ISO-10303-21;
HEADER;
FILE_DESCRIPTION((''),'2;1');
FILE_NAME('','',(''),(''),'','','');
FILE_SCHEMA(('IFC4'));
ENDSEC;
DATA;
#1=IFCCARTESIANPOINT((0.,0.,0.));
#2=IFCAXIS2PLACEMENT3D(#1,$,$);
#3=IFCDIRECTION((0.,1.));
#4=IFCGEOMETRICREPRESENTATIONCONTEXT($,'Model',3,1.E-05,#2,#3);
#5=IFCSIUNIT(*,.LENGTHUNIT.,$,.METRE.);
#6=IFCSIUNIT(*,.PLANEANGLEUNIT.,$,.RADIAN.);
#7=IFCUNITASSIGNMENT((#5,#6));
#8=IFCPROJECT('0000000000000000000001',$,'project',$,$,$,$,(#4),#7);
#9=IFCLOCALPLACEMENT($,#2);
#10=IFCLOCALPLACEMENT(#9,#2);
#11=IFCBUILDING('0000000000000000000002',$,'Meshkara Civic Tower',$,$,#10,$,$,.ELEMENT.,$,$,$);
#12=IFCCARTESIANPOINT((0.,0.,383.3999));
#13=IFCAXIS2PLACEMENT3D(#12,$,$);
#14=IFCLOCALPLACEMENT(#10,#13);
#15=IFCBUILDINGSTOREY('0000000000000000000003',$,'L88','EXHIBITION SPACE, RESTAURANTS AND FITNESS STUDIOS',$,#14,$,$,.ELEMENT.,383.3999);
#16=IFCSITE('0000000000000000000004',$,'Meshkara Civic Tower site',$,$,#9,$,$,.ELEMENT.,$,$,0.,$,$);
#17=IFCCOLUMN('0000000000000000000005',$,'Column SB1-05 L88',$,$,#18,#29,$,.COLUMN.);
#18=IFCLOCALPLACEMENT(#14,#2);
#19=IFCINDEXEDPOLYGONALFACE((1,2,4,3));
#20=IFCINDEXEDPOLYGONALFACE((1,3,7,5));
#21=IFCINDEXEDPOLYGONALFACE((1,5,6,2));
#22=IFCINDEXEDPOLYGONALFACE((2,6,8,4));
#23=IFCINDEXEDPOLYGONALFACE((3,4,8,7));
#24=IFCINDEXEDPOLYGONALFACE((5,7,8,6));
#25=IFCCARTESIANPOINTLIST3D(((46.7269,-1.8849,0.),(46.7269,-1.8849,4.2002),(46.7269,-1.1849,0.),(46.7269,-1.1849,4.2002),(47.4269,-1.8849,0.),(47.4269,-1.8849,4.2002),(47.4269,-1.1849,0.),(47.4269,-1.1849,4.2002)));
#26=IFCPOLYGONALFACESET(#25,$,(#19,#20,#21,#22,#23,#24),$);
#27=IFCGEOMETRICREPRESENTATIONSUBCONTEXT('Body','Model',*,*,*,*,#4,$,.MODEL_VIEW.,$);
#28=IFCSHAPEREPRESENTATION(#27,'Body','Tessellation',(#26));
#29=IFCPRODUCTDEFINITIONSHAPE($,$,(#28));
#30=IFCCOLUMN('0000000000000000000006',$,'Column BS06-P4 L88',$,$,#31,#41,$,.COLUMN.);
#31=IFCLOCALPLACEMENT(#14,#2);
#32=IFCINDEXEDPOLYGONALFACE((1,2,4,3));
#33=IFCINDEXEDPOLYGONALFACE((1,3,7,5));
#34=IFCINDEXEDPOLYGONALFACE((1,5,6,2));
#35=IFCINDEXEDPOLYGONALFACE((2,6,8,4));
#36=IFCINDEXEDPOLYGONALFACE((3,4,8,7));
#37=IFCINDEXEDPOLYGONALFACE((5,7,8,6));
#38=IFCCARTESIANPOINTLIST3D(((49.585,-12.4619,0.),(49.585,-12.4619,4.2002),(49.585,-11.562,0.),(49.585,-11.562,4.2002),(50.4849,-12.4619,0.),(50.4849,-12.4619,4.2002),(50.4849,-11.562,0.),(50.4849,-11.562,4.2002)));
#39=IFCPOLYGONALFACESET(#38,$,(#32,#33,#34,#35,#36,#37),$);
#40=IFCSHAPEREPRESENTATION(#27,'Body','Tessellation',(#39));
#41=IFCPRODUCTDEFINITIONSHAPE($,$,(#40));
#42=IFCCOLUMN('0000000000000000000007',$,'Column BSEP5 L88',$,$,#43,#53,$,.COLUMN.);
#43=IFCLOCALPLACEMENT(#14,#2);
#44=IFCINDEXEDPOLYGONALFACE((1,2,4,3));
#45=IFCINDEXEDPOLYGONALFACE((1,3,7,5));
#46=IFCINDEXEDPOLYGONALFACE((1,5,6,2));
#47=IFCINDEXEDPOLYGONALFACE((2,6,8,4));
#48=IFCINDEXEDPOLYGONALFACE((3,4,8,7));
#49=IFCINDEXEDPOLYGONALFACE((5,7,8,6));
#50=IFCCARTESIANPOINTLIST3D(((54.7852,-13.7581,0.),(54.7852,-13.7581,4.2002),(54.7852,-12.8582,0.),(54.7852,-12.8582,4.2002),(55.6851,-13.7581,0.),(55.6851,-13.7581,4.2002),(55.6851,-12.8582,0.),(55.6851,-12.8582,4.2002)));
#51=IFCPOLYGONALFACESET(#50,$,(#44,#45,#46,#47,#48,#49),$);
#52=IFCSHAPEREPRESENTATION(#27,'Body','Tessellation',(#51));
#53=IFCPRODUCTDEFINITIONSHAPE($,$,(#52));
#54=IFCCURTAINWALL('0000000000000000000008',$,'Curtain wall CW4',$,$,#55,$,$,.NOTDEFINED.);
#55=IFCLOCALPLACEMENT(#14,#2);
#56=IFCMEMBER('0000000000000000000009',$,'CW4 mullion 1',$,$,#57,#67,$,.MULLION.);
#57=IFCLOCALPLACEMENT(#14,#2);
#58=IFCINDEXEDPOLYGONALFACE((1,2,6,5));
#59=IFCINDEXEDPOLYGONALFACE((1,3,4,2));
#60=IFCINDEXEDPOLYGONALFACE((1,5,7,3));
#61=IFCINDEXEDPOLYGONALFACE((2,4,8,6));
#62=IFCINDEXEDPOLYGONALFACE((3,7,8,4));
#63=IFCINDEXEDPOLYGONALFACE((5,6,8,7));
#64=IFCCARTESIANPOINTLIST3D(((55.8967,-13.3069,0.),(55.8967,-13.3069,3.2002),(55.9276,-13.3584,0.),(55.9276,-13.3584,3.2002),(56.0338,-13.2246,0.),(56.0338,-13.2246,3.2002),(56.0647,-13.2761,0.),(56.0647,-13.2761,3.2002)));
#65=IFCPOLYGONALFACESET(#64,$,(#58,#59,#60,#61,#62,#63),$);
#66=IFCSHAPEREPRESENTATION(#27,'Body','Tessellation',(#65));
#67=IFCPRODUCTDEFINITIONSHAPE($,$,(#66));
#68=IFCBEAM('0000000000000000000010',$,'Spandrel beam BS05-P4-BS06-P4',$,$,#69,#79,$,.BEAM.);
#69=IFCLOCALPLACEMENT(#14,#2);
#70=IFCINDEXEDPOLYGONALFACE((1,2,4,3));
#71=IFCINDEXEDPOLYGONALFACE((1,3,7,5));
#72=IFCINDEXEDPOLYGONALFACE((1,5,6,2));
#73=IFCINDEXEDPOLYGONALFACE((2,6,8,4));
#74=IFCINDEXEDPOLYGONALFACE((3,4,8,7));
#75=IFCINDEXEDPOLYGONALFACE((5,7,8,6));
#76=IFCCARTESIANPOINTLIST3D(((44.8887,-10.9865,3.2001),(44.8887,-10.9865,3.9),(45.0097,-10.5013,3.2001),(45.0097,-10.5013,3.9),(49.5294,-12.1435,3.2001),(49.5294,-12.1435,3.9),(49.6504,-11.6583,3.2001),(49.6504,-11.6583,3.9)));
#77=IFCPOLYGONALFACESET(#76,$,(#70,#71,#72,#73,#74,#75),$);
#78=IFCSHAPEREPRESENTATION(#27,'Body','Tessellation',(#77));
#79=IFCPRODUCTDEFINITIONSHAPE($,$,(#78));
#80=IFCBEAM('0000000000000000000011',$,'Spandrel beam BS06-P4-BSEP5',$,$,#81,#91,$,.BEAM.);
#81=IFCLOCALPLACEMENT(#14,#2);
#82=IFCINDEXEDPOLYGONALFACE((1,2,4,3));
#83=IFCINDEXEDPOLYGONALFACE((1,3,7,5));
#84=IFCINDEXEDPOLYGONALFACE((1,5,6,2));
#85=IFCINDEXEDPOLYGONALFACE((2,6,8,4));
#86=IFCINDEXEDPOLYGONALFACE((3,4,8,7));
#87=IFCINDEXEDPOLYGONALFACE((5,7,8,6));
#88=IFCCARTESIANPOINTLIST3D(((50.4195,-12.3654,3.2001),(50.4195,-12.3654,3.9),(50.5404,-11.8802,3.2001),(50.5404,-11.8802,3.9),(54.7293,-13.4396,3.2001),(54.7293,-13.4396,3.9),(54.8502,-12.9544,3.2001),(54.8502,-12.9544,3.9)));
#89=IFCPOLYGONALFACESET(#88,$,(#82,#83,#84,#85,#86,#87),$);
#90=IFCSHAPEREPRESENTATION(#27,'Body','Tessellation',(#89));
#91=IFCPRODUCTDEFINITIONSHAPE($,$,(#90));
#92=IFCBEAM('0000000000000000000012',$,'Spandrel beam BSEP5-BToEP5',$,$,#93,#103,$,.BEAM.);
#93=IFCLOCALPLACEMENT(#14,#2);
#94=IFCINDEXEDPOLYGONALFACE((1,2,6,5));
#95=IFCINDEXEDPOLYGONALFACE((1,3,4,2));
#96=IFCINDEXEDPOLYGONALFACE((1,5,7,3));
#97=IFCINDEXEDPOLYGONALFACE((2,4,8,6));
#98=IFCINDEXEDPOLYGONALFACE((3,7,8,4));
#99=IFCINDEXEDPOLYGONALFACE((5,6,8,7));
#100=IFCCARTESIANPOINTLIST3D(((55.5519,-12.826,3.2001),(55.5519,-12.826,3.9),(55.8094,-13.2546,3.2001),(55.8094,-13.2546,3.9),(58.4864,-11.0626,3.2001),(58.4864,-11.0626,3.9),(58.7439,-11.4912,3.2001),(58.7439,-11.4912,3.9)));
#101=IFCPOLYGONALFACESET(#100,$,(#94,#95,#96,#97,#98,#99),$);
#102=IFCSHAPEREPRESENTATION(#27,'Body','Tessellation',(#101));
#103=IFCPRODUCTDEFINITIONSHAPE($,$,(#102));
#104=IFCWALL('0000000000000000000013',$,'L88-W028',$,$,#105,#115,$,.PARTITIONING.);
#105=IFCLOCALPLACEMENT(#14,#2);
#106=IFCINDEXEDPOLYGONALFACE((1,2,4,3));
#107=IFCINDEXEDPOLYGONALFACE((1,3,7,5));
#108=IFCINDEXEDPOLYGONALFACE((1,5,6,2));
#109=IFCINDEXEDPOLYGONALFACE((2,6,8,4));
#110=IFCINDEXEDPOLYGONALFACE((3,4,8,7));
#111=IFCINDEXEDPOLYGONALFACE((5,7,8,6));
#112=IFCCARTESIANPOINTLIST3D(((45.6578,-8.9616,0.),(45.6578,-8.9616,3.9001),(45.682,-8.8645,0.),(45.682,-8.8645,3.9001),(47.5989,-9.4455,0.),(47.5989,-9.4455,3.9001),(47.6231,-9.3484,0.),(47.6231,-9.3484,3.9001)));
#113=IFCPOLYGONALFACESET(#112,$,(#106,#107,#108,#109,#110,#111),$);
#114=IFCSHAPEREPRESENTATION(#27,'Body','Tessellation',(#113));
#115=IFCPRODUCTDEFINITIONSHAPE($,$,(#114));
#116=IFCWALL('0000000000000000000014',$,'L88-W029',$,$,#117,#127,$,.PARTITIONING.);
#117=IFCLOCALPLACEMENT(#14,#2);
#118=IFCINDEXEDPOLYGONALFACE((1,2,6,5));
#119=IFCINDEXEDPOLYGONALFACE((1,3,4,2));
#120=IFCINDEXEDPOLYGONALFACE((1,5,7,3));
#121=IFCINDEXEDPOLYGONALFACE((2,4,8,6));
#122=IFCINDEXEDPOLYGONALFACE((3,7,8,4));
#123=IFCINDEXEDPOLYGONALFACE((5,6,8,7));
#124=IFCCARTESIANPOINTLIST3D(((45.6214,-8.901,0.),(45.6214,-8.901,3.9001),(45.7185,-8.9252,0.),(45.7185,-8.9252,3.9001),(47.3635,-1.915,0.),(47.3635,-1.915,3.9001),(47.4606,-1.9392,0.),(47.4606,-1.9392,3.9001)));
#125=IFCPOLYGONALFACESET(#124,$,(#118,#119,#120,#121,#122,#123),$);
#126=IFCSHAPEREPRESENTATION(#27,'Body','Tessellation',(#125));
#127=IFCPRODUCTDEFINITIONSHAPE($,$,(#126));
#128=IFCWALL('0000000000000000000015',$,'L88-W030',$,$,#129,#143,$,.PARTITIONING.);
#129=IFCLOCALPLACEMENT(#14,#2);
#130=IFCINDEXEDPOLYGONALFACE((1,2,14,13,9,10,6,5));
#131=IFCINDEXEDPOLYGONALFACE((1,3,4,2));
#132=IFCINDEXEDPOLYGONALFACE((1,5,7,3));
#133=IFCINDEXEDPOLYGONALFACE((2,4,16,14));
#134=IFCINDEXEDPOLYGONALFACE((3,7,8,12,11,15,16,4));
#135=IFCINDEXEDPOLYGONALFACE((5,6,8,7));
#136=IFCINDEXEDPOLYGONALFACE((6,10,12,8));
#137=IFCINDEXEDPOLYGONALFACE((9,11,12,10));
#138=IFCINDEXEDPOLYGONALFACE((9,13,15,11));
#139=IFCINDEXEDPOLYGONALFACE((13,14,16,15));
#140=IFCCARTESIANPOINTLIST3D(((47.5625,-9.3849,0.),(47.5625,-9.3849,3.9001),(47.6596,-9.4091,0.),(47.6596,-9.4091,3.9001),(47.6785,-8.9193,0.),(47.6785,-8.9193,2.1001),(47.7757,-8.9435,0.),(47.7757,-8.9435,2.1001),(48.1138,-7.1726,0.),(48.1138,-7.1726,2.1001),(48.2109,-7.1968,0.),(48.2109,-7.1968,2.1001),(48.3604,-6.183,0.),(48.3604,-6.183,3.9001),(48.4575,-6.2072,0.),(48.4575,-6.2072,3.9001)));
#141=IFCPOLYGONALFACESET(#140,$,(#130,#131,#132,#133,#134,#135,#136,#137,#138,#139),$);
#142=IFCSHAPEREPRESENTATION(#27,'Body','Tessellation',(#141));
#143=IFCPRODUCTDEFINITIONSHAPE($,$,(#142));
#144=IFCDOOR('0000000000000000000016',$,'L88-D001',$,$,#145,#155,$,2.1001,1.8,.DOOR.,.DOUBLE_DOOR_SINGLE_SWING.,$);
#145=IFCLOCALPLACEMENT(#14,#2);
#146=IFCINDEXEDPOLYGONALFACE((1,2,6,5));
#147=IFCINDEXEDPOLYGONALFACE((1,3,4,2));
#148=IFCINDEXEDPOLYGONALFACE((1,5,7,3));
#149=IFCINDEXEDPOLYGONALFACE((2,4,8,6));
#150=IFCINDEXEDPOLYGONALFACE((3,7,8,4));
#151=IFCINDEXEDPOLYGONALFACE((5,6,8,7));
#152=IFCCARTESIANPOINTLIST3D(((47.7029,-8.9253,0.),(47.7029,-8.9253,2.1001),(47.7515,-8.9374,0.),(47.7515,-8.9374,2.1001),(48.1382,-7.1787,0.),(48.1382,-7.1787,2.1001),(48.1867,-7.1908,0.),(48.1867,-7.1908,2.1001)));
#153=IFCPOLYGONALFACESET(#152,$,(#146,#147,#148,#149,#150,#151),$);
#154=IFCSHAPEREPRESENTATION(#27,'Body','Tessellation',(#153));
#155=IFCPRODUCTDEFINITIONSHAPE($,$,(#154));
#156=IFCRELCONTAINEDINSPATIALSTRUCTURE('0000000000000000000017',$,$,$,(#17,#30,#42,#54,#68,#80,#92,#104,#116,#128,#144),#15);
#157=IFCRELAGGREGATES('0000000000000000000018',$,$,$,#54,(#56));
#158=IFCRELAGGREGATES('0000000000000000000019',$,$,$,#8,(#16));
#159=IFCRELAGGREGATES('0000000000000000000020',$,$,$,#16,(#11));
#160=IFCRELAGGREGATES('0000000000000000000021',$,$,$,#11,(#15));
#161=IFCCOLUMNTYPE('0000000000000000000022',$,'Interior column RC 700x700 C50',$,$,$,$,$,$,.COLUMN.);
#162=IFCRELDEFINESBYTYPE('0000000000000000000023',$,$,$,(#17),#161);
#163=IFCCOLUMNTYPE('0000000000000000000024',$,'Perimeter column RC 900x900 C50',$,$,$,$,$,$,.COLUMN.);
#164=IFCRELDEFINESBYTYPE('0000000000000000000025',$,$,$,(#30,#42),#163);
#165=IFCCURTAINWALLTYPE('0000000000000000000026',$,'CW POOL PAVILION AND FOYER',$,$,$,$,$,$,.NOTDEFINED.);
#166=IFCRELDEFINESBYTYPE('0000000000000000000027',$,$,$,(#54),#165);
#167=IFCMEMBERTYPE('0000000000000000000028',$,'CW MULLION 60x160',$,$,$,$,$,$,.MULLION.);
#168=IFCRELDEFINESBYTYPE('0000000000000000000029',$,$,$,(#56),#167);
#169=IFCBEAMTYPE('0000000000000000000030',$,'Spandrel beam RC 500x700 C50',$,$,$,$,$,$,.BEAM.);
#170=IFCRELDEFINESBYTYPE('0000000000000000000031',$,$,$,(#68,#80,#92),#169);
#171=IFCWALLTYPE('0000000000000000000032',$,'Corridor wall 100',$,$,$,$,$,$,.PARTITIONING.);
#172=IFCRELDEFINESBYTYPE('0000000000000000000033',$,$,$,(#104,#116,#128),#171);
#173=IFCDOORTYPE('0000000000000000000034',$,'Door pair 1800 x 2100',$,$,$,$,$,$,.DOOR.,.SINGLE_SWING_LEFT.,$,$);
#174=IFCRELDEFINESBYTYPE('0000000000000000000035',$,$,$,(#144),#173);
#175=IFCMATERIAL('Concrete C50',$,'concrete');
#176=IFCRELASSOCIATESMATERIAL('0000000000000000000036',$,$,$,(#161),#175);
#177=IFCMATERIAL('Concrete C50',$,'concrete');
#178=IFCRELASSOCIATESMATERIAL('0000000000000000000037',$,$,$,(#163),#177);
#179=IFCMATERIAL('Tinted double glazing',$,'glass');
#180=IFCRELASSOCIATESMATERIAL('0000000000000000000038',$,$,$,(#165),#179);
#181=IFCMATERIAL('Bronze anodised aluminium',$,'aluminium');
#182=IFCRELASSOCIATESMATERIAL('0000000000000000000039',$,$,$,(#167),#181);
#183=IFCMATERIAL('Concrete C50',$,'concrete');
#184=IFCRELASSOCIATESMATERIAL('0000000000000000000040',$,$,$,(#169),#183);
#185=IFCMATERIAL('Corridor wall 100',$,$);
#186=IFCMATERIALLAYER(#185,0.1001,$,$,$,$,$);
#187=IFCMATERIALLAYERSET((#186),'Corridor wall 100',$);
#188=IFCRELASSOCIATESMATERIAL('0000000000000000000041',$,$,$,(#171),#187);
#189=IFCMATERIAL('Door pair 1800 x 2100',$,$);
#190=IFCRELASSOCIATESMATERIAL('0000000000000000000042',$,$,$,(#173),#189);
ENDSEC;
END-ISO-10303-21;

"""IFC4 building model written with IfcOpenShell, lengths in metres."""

from ifc_helpers import new_model, si_unit, direction, frame, frame_2d, origin, origin_2d, place, context, subcontext, project, spatial, rectangle, extrude, material, layer, layer_set, material_profile, profile_set, type_object, element, fill, aggregate, save


model = new_model("IFC4")

# Units and contexts
model_context = context("Model", 3, precision=1e-05, world=origin(), true_north=direction((0.0, 1.0)))
body_context = subcontext(model_context, "Body", "Model", "MODEL_VIEW")
ifc_project = project(units=[si_unit("LENGTHUNIT", "METRE"), si_unit("PLANEANGLEUNIT", "RADIAN")], contexts=[model_context])

# Site, building, storey
site_placement = place(None, origin())
site = spatial("IfcSite", under=ifc_project, at=site_placement, Name="Meshkara Civic Tower site", CompositionType="ELEMENT", RefElevation=0.0)
building_placement = place(site_placement, origin())
building = spatial("IfcBuilding", under=site, at=building_placement, Name="Meshkara Civic Tower", CompositionType="ELEMENT")
storey_placement = place(building_placement, frame((0.0, 0.0, 383.3999)))
storey = spatial("IfcBuildingStorey", under=building, at=storey_placement, Name="L88", Description="EXHIBITION SPACE, RESTAURANTS AND FITNESS STUDIOS", CompositionType="ELEMENT", Elevation=383.3999)

# Columns
ifc_material_1 = material(Name="Concrete C50", Category="concrete")
ifc_material_profile_1 = material_profile(ifc_material_1, rectangle(XDim=0.7, YDim=0.7, at=origin_2d()))
ifc_profile_set_1 = profile_set([ifc_material_profile_1], Name="Concrete C50")
column_type_1 = type_object("IfcColumnType", Name="Interior column RC 700x700 C50", PredefinedType="COLUMN", material=ifc_profile_set_1)
column_placement = place(storey_placement, frame((47.0769, -1.5349, 0.0), z_axis=(0.0, 0.0, 1.0), x_axis=(1.0, 0.0, 0.0)))
element("IfcColumn", 1, at=column_placement, inside=storey, type_object=column_type_1, Name="Column SB1-05 L88", PredefinedType="COLUMN", context=body_context, shape_type="SweptSolid", body=[
    extrude(rectangle(XDim=0.7, YDim=0.7, at=origin_2d()), origin(), (0.0, 0.0, 1.0), 4.2002),
])
ifc_material_2 = material(Name="Concrete C50", Category="concrete")
ifc_material_profile_2 = material_profile(ifc_material_2, rectangle(XDim=0.8999, YDim=0.8999, at=origin_2d()))
ifc_profile_set_2 = profile_set([ifc_material_profile_2], Name="Concrete C50")
column_type_2 = type_object("IfcColumnType", Name="Perimeter column RC 900x900 C50", PredefinedType="COLUMN", material=ifc_profile_set_2)
for number, where, z_axis, x_axis, name in (
    (2, (50.0349, -12.012, 0.0), (0.0, 0.0, 1.0), (1.0, 0.0, 0.0), "Column BS06-P4 L88"),
    (3, (55.2351, -13.3081, 0.0), (0.0, 0.0, 1.0), (1.0, 0.0, 0.0), "Column BSEP5 L88"),
):
    element("IfcColumn", number, at=place(storey_placement, frame(where, z_axis=z_axis, x_axis=x_axis)), inside=storey, type_object=column_type_2, Name=name, PredefinedType="COLUMN", context=body_context, shape_type="SweptSolid", body=[
        extrude(rectangle(XDim=0.8999, YDim=0.8999, at=origin_2d()), origin(), (0.0, 0.0, 1.0), 4.2002),
    ])

# Curtain wall, member
ifc_material_3 = material(Name="Tinted double glazing", Category="glass")
curtain_wall_type = type_object("IfcCurtainWallType", Name="CW POOL PAVILION AND FOYER", PredefinedType="NOTDEFINED", material=ifc_material_3)
curtain_wall_placement = place(storey_placement, origin())
curtain_wall = element("IfcCurtainWall", 4, at=curtain_wall_placement, inside=storey, type_object=curtain_wall_type, Name="Curtain wall CW4", PredefinedType="NOTDEFINED")
ifc_material_4 = material(Name="Bronze anodised aluminium", Category="aluminium")
ifc_material_profile_3 = material_profile(ifc_material_4, rectangle(XDim=0.0601, YDim=0.1599, at=origin_2d()))
ifc_profile_set_3 = profile_set([ifc_material_profile_3], Name="Bronze anodised aluminium")
member_type = type_object("IfcMemberType", Name="CW MULLION 60x160", PredefinedType="MULLION", material=ifc_profile_set_3)
member_placement = place(storey_placement, frame((55.9807, -13.2915, 0.0), z_axis=(0.0, 0.0, 1.0), x_axis=(-0.514906, 0.857247, 0.0)))
member = element("IfcMember", 5, at=member_placement, type_object=member_type, Name="CW4 mullion 1", PredefinedType="MULLION", context=body_context, shape_type="SweptSolid", body=[
    extrude(rectangle(XDim=0.0601, YDim=0.1599, at=origin_2d()), origin(), (0.0, 0.0, 1.0), 3.2002),
])
aggregate(curtain_wall, [member])

# Beams
ifc_material_5 = material(Name="Concrete C50", Category="concrete")
ifc_material_profile_4 = material_profile(ifc_material_5, rectangle(XDim=0.5, YDim=0.7, at=origin_2d()))
ifc_profile_set_4 = profile_set([ifc_material_profile_4], Name="Concrete C50")
beam_type = type_object("IfcBeamType", Name="Spandrel beam RC 500x700 C50", PredefinedType="BEAM", material=ifc_profile_set_4)
beam_1_placement = place(storey_placement, frame((44.9492, -10.7439, 3.55), z_axis=(0.970298, -0.241911, 0.0), x_axis=(0.241911, 0.970298, 0.0)))
element("IfcBeam", 6, at=beam_1_placement, inside=storey, type_object=beam_type, Name="Spandrel beam BS05-P4-BS06-P4", PredefinedType="BEAM", context=body_context, shape_type="SweptSolid", body=[
    extrude(rectangle(XDim=0.5, YDim=0.7, at=origin_2d()), origin(), (0.0, 0.0, 1.0), 4.7827),
])
beam_2_placement = place(storey_placement, frame((50.48, -12.1228, 3.55), z_axis=(0.970314, -0.24185, 0.0), x_axis=(0.24185, 0.970314, 0.0)))
element("IfcBeam", 7, at=beam_2_placement, inside=storey, type_object=beam_type, Name="Spandrel beam BS06-P4-BSEP5", PredefinedType="BEAM", context=body_context, shape_type="SweptSolid", body=[
    extrude(rectangle(XDim=0.5, YDim=0.7, at=origin_2d()), origin(), (0.0, 0.0, 1.0), 4.4417),
])
beam_3_placement = place(storey_placement, frame((55.6807, -13.0403, 3.55), z_axis=(0.857147, 0.515072, 0.0), x_axis=(-0.515072, 0.857147, 0.0)))
element("IfcBeam", 8, at=beam_3_placement, inside=storey, type_object=beam_type, Name="Spandrel beam BSEP5-BToEP5", PredefinedType="BEAM", context=body_context, shape_type="SweptSolid", body=[
    extrude(rectangle(XDim=0.5, YDim=0.7, at=origin_2d()), origin(), (0.0, 0.0, 1.0), 3.4236),
])

# Walls
ifc_material_6 = material(Name="Corridor wall 100")
ifc_layer_1 = layer(ifc_material_6, 0.1001)
ifc_layer_set_1 = layer_set([ifc_layer_1], Name="Corridor wall 100")
wall_type_1 = type_object("IfcWallType", Name="Corridor wall 100", PredefinedType="PARTITIONING", material=ifc_layer_set_1)
wall_1_placement = place(storey_placement, frame((45.6699, -8.9131, 0.0), z_axis=(0.0, 0.0, 1.0), x_axis=(0.970307, -0.241875, 0.0)))
element("IfcWall", 9, at=wall_1_placement, inside=storey, type_object=wall_type_1, Name="L88-W028", PredefinedType="PARTITIONING", context=body_context, shape_type="SweptSolid", body=[
    extrude(rectangle(XDim=2.0005, YDim=0.1001, at=frame_2d((1.0002, 0.0))), origin(), (0.0, 0.0, 1.0), 3.9001),
])
wall_2_placement = place(storey_placement, frame((47.4121, -1.927, 0.0), z_axis=(0.0, 0.0, 1.0), x_axis=(-0.241969, -0.970284, 0.0)))
element("IfcWall", 10, at=wall_2_placement, inside=storey, type_object=wall_type_1, Name="L88-W029", PredefinedType="PARTITIONING", context=body_context, shape_type="SweptSolid", body=[
    extrude(rectangle(XDim=7.2, YDim=0.1001, at=frame_2d((3.6001, 0.0))), origin(), (0.0, 0.0, 1.0), 3.9001),
])

# Wall, opening, door
wall_3_placement = place(storey_placement, frame((47.6111, -9.397, 0.0), z_axis=(0.0, 0.0, 1.0), x_axis=(0.241787, 0.970329, 0.0)))
wall_3 = element("IfcWall", 11, at=wall_3_placement, inside=storey, type_object=wall_type_1, Name="L88-W030", PredefinedType="PARTITIONING", context=body_context, shape_type="SweptSolid", body=[
    extrude(rectangle(XDim=3.2998, YDim=0.1001, at=frame_2d((1.6499, 0.0))), origin(), (0.0, 0.0, 1.0), 3.9001),
])
opening_1_placement = place(wall_3_placement, frame((0.48, 0.0, 0.0)))
opening_1 = element("IfcOpeningElement", 12, at=opening_1_placement, cuts=wall_3, PredefinedType="OPENING", context=body_context, shape_type="SweptSolid", body=[
    extrude(rectangle(XDim=1.8, YDim=2.1001, at=frame_2d((0.8999, 1.05))), frame((0.0, 0.0601, 0.0), z_axis=(0.0, -1.0, 0.0), x_axis=(1.0, 0.0, 0.0)), (0.0, 0.0, 1.0), 0.1201),
])
ifc_material_7 = material(Name="Door pair 1800 x 2100")
door_type_1 = type_object("IfcDoorType", Name="Door pair 1800 x 2100", OperationType="SINGLE_SWING_LEFT", PredefinedType="DOOR", material=ifc_material_7)
door_1_placement = place(opening_1_placement, origin())
door_1 = element("IfcDoor", 13, at=door_1_placement, inside=storey, type_object=door_type_1, Name="L88-D001", OperationType="DOUBLE_DOOR_SINGLE_SWING", OverallHeight=2.1001, OverallWidth=1.8, PredefinedType="DOOR", context=body_context, shape_type="SweptSolid", body=[
    extrude(rectangle(XDim=1.8, YDim=2.1001, at=frame_2d((0.8999, 1.05))), frame((0.0, 0.0249, 0.0), z_axis=(0.0, -1.0, 0.0), x_axis=(1.0, 0.0, 0.0)), (0.0, 0.0, 1.0), 0.05),
])
fill(opening_1, door_1)

save(model, "model.ifc")
